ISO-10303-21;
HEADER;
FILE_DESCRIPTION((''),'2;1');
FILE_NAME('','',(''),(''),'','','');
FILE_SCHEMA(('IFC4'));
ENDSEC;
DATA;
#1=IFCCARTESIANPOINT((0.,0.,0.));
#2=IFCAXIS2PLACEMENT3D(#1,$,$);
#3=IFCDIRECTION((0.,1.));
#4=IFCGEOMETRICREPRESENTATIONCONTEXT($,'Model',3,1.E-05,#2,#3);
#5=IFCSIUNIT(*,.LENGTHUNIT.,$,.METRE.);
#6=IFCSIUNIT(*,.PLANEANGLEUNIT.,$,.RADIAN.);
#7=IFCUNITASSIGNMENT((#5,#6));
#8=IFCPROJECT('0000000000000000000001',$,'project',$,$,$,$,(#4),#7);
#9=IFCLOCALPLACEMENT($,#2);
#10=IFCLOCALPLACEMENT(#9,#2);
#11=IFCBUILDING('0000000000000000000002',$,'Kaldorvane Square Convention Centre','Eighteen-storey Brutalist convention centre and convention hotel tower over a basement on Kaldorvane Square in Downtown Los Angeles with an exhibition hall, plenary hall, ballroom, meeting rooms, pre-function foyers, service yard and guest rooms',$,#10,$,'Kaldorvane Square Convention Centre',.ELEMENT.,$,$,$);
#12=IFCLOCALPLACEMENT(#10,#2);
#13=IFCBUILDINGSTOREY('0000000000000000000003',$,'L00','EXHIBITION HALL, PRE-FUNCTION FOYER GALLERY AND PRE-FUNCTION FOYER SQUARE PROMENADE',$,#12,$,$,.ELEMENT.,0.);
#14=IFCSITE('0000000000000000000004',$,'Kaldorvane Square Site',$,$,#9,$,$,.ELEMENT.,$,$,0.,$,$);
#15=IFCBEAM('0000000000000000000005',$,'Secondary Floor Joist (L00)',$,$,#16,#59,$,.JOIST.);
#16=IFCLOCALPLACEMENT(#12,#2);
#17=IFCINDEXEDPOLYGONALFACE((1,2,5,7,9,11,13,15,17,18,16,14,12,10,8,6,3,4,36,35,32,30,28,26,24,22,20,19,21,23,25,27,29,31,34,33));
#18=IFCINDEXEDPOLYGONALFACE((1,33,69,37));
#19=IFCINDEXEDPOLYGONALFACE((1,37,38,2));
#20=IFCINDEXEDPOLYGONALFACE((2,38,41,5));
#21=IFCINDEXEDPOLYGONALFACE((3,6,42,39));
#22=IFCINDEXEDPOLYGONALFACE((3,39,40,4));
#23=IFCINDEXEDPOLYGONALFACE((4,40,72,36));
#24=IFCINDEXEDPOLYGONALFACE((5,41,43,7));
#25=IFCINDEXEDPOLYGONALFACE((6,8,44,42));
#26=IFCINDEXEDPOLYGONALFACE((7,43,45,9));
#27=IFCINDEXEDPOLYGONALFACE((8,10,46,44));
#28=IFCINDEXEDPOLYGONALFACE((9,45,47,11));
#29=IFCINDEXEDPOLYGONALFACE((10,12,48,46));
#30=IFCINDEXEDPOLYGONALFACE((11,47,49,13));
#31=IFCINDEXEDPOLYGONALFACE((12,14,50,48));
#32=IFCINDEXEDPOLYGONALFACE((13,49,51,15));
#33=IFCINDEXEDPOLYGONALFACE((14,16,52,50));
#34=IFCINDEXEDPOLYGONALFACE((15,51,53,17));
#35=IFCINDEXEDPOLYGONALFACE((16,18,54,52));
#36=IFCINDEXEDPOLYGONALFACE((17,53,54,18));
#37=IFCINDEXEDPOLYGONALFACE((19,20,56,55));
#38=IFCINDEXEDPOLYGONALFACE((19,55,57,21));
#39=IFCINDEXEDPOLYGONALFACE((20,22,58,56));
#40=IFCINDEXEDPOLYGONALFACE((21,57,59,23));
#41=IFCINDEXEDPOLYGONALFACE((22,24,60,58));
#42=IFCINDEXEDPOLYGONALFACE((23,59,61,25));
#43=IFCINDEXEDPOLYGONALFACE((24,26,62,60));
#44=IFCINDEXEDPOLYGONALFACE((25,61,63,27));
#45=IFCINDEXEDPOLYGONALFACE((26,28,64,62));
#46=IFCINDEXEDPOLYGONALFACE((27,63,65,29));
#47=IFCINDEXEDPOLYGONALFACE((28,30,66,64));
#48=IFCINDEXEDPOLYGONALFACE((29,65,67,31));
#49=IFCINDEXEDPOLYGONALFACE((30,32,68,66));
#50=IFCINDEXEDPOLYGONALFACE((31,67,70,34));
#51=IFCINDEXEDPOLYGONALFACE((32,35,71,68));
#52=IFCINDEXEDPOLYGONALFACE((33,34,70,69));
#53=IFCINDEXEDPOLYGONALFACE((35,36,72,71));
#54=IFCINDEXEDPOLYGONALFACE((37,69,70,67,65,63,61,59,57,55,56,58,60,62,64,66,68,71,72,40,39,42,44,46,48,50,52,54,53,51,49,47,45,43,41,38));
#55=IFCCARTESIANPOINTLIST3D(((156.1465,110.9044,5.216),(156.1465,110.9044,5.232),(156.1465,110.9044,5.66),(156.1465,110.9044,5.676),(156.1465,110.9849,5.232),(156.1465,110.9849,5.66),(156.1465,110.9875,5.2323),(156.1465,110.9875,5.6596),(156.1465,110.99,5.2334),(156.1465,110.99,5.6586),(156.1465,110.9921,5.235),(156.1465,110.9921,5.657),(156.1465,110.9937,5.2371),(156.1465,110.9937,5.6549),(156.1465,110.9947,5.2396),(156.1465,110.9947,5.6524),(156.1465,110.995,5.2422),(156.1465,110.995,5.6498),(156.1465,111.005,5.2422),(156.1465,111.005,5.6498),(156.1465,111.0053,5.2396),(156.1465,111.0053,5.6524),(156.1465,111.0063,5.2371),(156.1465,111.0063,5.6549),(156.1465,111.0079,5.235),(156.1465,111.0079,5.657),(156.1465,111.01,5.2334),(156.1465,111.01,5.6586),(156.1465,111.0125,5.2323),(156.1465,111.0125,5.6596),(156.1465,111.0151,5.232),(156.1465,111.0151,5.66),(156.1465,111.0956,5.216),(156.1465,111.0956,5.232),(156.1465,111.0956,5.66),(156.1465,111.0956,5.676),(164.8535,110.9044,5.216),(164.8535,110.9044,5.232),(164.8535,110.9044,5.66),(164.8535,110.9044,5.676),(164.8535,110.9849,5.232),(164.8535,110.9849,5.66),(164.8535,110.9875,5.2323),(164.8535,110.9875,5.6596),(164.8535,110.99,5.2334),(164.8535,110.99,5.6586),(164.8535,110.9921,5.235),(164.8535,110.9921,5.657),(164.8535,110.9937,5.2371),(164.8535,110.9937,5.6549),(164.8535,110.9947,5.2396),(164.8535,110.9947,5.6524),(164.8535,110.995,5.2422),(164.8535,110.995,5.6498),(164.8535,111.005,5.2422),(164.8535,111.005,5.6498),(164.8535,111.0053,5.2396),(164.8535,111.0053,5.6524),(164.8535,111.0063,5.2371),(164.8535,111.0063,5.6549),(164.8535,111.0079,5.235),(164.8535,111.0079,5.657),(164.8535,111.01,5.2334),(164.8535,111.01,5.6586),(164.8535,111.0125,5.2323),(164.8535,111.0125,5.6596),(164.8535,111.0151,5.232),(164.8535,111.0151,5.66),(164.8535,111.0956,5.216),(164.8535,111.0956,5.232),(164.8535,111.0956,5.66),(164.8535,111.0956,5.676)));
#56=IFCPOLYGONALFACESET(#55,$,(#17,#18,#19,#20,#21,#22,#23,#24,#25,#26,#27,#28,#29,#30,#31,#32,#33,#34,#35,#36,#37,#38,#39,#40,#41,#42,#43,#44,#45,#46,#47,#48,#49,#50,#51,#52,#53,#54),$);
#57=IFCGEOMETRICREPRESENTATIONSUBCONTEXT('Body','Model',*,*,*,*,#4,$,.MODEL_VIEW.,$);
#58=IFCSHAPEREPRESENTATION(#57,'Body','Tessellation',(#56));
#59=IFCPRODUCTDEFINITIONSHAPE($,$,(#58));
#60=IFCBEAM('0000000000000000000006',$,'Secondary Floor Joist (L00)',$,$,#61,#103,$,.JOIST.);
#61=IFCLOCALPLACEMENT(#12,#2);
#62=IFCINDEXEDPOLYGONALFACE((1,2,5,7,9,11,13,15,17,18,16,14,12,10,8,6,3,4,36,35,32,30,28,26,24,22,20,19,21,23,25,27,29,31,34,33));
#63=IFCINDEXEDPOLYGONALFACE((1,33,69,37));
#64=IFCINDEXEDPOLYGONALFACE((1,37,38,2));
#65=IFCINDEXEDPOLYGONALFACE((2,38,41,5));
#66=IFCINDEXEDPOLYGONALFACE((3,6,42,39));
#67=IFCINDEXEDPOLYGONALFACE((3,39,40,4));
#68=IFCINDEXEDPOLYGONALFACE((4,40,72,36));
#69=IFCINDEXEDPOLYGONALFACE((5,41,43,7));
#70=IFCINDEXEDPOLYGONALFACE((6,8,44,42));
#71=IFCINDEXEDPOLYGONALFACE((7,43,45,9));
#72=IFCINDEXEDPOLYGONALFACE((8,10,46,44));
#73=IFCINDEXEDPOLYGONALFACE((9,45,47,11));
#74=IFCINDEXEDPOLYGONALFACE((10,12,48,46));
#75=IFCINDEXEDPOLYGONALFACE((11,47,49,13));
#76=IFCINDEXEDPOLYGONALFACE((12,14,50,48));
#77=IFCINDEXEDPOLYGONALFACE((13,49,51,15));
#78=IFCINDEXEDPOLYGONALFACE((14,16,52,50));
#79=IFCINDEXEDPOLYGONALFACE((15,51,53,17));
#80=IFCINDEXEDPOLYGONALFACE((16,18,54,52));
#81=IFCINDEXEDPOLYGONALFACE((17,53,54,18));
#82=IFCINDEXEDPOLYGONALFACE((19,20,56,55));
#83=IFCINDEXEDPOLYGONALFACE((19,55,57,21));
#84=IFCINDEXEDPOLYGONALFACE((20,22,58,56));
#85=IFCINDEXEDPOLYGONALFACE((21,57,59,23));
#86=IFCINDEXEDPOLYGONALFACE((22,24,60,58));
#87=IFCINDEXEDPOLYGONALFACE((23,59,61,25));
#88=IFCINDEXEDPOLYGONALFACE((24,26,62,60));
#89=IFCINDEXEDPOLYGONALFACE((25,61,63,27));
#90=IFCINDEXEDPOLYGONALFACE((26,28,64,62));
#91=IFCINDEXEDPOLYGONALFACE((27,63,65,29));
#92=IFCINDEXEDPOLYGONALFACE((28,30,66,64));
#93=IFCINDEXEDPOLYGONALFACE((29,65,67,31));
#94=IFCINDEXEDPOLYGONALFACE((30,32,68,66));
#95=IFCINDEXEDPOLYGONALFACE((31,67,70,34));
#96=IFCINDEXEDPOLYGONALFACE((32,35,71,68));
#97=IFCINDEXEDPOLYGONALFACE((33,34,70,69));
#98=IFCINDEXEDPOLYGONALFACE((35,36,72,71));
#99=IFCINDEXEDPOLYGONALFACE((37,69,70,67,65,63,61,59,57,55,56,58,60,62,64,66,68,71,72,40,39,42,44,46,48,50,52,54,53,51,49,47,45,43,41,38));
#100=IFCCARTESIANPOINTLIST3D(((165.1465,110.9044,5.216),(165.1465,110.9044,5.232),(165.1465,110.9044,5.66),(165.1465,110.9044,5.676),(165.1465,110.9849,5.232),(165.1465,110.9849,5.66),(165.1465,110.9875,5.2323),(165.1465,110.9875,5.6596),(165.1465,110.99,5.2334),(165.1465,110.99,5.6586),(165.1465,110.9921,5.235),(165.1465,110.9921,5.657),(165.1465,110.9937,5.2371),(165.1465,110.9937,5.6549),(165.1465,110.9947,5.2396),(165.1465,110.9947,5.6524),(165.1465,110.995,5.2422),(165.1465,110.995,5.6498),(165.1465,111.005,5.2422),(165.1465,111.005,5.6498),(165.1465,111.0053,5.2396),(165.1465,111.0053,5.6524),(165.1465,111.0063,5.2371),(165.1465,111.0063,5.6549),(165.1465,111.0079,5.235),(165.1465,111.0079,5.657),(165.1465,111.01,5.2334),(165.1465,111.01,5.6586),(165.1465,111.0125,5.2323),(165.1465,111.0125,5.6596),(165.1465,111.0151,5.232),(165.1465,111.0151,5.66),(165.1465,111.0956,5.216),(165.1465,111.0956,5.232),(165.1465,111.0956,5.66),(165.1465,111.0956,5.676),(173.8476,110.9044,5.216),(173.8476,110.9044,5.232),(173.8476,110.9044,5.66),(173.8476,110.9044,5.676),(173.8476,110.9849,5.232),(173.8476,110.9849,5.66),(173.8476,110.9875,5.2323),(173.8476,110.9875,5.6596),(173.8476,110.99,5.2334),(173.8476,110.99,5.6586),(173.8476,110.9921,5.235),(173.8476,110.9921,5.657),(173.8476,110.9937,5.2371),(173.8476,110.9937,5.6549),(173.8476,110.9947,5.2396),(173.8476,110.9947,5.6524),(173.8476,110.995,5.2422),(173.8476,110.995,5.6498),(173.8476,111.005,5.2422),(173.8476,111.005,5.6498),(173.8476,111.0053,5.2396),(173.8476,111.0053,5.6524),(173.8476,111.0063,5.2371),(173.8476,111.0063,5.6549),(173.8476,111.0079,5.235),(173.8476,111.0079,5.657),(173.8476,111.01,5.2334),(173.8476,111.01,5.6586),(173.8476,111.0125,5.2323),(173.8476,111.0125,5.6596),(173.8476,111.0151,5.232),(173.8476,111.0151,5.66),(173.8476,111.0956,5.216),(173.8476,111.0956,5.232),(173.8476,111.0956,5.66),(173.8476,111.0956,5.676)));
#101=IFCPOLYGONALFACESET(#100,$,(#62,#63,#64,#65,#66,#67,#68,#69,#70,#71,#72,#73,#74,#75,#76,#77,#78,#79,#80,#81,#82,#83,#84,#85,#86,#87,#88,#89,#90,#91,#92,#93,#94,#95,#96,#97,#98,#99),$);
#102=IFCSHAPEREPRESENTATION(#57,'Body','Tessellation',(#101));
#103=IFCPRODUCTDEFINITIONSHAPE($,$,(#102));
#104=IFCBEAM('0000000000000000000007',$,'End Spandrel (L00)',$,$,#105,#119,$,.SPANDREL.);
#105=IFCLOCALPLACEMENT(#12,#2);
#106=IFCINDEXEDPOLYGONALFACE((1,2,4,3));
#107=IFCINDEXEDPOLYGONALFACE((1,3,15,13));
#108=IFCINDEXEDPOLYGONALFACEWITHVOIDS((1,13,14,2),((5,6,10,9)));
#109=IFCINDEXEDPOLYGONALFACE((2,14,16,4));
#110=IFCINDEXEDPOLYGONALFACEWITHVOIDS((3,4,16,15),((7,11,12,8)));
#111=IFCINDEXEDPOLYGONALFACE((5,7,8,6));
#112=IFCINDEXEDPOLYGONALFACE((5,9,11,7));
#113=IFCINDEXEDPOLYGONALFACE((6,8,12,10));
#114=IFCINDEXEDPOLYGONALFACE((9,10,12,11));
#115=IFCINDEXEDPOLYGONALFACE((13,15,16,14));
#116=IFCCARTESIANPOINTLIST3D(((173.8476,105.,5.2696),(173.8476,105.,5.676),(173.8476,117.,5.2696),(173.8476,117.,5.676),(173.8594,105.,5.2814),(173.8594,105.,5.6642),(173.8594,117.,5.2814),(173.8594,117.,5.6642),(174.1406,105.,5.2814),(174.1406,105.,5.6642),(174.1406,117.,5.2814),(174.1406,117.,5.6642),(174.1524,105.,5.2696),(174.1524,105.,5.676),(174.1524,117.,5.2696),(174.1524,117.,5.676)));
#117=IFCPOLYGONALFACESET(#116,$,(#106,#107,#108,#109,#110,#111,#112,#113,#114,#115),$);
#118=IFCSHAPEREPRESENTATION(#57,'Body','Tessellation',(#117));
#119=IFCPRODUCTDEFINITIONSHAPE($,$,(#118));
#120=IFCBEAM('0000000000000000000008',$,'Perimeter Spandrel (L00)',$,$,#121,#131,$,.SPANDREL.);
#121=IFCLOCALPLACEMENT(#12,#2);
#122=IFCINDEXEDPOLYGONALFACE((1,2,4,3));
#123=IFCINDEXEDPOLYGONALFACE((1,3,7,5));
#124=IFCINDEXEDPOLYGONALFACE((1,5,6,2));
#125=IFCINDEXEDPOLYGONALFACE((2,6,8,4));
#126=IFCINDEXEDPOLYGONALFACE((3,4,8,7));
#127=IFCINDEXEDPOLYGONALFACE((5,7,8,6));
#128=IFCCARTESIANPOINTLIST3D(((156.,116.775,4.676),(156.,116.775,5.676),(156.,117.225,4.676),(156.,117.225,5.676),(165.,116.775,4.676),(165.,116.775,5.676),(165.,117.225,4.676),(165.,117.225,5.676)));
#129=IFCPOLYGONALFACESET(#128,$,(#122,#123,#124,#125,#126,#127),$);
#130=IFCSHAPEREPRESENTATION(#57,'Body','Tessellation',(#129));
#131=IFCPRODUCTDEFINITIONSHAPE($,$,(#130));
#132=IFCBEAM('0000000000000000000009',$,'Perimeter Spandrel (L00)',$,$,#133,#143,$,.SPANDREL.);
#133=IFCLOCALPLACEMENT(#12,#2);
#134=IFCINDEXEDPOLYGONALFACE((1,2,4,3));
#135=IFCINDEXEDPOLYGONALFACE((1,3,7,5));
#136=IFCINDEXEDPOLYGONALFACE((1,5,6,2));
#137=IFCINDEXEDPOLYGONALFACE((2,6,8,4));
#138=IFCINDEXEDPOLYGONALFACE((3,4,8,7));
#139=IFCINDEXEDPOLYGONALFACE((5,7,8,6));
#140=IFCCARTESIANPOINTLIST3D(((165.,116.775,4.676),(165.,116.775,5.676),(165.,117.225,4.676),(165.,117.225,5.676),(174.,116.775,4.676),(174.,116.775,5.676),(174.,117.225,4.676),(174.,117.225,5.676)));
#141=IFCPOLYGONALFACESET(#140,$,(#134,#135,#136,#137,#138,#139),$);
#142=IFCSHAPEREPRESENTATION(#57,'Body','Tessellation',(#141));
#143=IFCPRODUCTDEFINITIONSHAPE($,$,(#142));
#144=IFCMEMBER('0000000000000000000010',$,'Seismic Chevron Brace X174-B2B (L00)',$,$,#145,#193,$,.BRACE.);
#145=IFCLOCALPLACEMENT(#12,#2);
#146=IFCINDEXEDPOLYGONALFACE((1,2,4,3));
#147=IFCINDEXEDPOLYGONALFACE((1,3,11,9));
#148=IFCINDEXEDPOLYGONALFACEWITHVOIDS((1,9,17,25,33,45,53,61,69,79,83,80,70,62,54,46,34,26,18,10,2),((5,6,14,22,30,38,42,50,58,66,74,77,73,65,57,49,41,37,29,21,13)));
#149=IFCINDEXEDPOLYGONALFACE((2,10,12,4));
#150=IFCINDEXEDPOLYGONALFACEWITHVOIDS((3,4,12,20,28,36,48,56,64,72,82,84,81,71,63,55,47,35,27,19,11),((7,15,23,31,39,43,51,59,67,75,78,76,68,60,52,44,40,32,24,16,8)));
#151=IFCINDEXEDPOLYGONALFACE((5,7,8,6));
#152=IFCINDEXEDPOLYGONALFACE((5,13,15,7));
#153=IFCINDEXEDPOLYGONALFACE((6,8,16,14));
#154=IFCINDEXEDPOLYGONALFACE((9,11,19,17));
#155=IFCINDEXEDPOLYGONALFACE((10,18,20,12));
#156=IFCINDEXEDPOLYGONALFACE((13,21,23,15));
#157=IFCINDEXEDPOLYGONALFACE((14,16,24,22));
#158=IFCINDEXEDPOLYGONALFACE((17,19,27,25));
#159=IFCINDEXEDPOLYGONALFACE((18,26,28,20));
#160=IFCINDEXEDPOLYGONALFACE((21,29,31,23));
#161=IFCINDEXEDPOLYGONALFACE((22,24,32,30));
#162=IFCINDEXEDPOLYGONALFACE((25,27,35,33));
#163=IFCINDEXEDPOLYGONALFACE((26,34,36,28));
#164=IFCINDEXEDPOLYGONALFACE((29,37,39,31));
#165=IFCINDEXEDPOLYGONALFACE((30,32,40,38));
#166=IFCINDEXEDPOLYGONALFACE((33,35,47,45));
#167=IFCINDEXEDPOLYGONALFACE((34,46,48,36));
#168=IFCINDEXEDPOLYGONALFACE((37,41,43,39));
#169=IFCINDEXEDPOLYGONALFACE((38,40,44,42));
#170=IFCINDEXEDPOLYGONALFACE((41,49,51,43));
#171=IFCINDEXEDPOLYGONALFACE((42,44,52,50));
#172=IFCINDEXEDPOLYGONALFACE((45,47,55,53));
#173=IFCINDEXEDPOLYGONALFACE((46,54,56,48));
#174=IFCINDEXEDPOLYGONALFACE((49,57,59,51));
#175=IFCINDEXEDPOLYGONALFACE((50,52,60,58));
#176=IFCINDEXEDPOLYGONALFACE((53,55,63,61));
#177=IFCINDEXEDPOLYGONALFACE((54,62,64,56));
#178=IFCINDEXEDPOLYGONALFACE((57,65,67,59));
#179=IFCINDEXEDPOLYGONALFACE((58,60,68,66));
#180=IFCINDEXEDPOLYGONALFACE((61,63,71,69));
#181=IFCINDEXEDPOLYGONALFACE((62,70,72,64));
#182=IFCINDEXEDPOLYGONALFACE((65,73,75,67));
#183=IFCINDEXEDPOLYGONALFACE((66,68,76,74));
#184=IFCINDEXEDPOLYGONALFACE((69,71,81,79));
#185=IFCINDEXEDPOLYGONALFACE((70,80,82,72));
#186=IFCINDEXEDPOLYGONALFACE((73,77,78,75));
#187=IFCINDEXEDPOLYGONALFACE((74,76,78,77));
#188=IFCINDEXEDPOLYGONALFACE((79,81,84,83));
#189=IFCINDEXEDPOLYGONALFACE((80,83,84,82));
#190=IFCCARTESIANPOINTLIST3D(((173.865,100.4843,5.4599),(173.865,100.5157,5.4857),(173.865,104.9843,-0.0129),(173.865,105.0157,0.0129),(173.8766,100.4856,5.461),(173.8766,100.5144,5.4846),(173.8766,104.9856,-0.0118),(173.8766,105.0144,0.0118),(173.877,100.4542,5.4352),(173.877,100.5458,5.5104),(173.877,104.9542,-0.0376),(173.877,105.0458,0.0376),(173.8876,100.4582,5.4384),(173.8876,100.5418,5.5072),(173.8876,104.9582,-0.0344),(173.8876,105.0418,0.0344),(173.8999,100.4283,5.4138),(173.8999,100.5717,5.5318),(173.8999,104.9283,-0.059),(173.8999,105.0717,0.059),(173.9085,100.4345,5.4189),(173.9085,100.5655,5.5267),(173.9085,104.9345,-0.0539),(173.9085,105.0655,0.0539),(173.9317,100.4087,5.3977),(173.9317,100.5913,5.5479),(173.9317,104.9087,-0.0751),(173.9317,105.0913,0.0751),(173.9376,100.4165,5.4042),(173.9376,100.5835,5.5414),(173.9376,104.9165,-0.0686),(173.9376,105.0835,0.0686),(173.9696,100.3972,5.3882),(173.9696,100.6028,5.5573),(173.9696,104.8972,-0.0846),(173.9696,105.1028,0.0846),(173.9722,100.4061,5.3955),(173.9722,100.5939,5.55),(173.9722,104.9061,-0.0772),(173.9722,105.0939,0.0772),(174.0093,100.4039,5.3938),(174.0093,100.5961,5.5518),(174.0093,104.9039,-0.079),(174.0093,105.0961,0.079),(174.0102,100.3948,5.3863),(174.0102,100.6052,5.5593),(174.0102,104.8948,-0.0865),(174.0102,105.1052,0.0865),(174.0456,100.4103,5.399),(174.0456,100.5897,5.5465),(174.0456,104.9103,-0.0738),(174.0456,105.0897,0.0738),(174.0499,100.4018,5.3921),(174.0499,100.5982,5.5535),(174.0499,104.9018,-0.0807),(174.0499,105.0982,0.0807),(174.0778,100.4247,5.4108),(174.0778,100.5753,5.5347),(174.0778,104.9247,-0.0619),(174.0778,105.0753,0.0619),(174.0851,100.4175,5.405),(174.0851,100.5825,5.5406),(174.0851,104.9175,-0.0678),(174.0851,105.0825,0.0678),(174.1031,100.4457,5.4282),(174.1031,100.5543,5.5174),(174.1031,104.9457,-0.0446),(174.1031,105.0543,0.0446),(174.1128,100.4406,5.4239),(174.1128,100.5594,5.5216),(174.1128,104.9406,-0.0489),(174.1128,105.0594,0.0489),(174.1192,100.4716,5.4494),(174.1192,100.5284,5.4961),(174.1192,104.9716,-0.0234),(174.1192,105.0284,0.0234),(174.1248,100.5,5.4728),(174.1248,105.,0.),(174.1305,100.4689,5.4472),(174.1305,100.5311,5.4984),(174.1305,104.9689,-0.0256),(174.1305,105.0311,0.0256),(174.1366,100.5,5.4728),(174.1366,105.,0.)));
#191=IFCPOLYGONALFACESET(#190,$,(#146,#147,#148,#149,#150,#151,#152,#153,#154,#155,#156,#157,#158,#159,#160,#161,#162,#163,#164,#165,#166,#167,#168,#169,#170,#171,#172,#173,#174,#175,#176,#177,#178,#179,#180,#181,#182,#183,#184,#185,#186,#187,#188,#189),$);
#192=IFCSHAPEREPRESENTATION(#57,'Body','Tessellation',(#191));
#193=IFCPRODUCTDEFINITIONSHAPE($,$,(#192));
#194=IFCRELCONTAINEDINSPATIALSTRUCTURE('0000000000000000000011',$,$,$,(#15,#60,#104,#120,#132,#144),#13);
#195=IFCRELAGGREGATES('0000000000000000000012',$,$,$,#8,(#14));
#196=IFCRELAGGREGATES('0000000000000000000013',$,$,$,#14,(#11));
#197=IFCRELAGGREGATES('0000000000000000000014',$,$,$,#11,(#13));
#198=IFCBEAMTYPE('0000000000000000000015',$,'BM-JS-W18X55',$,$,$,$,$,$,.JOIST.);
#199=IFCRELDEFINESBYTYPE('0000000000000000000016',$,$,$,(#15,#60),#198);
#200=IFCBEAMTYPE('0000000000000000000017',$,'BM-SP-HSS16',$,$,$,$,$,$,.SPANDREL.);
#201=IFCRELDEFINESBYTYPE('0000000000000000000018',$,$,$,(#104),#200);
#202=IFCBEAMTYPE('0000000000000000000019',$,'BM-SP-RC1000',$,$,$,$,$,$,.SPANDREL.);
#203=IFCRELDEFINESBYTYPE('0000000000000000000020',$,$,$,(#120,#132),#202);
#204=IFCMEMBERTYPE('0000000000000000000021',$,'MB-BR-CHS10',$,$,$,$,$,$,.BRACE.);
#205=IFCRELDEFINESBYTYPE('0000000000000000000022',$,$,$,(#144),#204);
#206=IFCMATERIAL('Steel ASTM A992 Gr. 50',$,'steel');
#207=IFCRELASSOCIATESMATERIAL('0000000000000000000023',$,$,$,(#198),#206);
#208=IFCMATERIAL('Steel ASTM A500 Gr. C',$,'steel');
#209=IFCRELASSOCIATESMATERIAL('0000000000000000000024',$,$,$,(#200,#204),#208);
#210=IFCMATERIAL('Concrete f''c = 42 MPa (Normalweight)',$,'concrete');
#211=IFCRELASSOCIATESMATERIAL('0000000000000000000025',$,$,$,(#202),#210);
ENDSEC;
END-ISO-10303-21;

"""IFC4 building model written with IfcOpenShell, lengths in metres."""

from ifc_helpers import new_model, si_unit, direction, frame, origin, origin_2d, place, context, subcontext, project, spatial, rectangle, hollow_rectangle, hollow_circle, i_section, extrude, material, material_profile, profile_set, type_object, element, save


model = new_model("IFC4")

# Units and contexts
model_context = context("Model", 3, precision=1e-05, world=origin(), true_north=direction((0.0, 1.0)))
body_context = subcontext(model_context, "Body", "Model", "MODEL_VIEW")
ifc_project = project(units=[si_unit("LENGTHUNIT", "METRE"), si_unit("PLANEANGLEUNIT", "RADIAN")], contexts=[model_context])

# Site, building, storey
site_placement = place(None, origin())
site = spatial("IfcSite", under=ifc_project, at=site_placement, Name="Kaldorvane Square Site", CompositionType="ELEMENT", RefElevation=0.0)
building_placement = place(site_placement, origin())
building = spatial("IfcBuilding", under=site, at=building_placement, Name="Kaldorvane Square Convention Centre", Description="Eighteen-storey Brutalist convention centre and convention hotel tower over a basement on Kaldorvane Square in Downtown Los Angeles with an exhibition hall, plenary hall, ballroom, meeting rooms, pre-function foyers, service yard and guest rooms", LongName="Kaldorvane Square Convention Centre", CompositionType="ELEMENT")
storey_placement = place(building_placement, origin())
storey = spatial("IfcBuildingStorey", under=building, at=storey_placement, Name="L00", Description="EXHIBITION HALL, PRE-FUNCTION FOYER GALLERY AND PRE-FUNCTION FOYER SQUARE PROMENADE", CompositionType="ELEMENT", Elevation=0.0)

# Shared definitions
ifc_material_1 = material(Name="Steel ASTM A992 Gr. 50", Category="steel")

# Beams
ifc_material_profile_1 = material_profile(ifc_material_1, i_section(OverallWidth=0.1913, OverallDepth=0.46, WebThickness=0.0099, FlangeThickness=0.016, FilletRadius=0.0102, at=origin_2d()), Name="W18X55")
ifc_profile_set_1 = profile_set([ifc_material_profile_1], Name="Steel ASTM A992 Gr. 50")
beam_type_1 = type_object("IfcBeamType", Name="BM-JS-W18X55", PredefinedType="JOIST", material=ifc_profile_set_1)
beam_1_placement = place(storey_placement, frame((156.1465, 111.0, 5.446), z_axis=(1.0, 0.0, 0.0), x_axis=(0.0, 1.0, 0.0)))
element("IfcBeam", 1, at=beam_1_placement, inside=storey, type_object=beam_type_1, Name="Secondary Floor Joist (L00)", PredefinedType="JOIST", context=body_context, shape_type="SweptSolid", body=[
    extrude(i_section(OverallWidth=0.1913, OverallDepth=0.46, WebThickness=0.0099, FlangeThickness=0.016, FilletRadius=0.0102, at=origin_2d()), origin(), (0.0, 0.0, 1.0), 8.707),
])
beam_2_placement = place(storey_placement, frame((165.1465, 111.0, 5.446), z_axis=(1.0, 0.0, 0.0), x_axis=(0.0, 1.0, 0.0)))
element("IfcBeam", 2, at=beam_2_placement, inside=storey, type_object=beam_type_1, Name="Secondary Floor Joist (L00)", PredefinedType="JOIST", context=body_context, shape_type="SweptSolid", body=[
    extrude(i_section(OverallWidth=0.1913, OverallDepth=0.46, WebThickness=0.0099, FlangeThickness=0.016, FilletRadius=0.0102, at=origin_2d()), origin(), (0.0, 0.0, 1.0), 8.7011),
])
ifc_material_2 = material(Name="Steel ASTM A500 Gr. C", Category="steel")
ifc_material_profile_2 = material_profile(ifc_material_2, hollow_rectangle(XDim=0.3048, YDim=0.4064, WallThickness=0.0118, at=origin_2d()), Name="HSS16X12X1/2")
ifc_profile_set_2 = profile_set([ifc_material_profile_2], Name="Steel ASTM A500 Gr. C")
beam_type_2 = type_object("IfcBeamType", Name="BM-SP-HSS16", PredefinedType="SPANDREL", material=ifc_profile_set_2)
beam_3_placement = place(storey_placement, frame((174.0, 105.0, 5.4728), z_axis=(0.0, 1.0, 0.0), x_axis=(-1.0, 0.0, 0.0)))
element("IfcBeam", 3, at=beam_3_placement, inside=storey, type_object=beam_type_2, Name="End Spandrel (L00)", PredefinedType="SPANDREL", context=body_context, shape_type="SweptSolid", body=[
    extrude(hollow_rectangle(XDim=0.3048, YDim=0.4064, WallThickness=0.0118, at=origin_2d()), origin(), (0.0, 0.0, 1.0), 12.0),
])
ifc_material_3 = material(Name="Concrete f'c = 42 MPa (Normalweight)", Category="concrete")
ifc_material_profile_3 = material_profile(ifc_material_3, rectangle(XDim=0.45, YDim=1.0, at=origin_2d()), Name="RCSP1000X450")
ifc_profile_set_3 = profile_set([ifc_material_profile_3], Name="Concrete f'c = 42 MPa (Normalweight)")
beam_type_3 = type_object("IfcBeamType", Name="BM-SP-RC1000", PredefinedType="SPANDREL", material=ifc_profile_set_3)
for number, where, z_axis, x_axis, name in (
    (4, (156.0, 117.0, 5.176), (1.0, 0.0, 0.0), (0.0, 1.0, 0.0), "Perimeter Spandrel (L00)"),
    (5, (165.0, 117.0, 5.176), (1.0, 0.0, 0.0), (0.0, 1.0, 0.0), "Perimeter Spandrel (L00)"),
):
    element("IfcBeam", number, at=place(storey_placement, frame(where, z_axis=z_axis, x_axis=x_axis)), inside=storey, type_object=beam_type_3, Name=name, PredefinedType="SPANDREL", context=body_context, shape_type="SweptSolid", body=[
        extrude(rectangle(XDim=0.45, YDim=1.0, at=origin_2d()), origin(), (0.0, 0.0, 1.0), 9.0),
    ])

# Member
ifc_material_profile_4 = material_profile(ifc_material_2, hollow_circle(Radius=0.1366, WallThickness=0.0118, at=origin_2d()), Name="HSS10.750X0.500")
ifc_profile_set_4 = profile_set([ifc_material_profile_4], Name="Steel ASTM A500 Gr. C")
member_type = type_object("IfcMemberType", Name="MB-BR-CHS10", PredefinedType="BRACE", material=ifc_profile_set_4)
member_placement = place(storey_placement, frame((174.0, 105.0, 0.0), z_axis=(0.0, -0.635118, 0.772415), x_axis=(1.0, 0.0, 0.0)))
element("IfcMember", 6, at=member_placement, inside=storey, type_object=member_type, Name="Seismic Chevron Brace X174-B2B (L00)", PredefinedType="BRACE", context=body_context, shape_type="SweptSolid", body=[
    extrude(hollow_circle(Radius=0.1366, WallThickness=0.0118, at=origin_2d()), origin(), (0.0, 0.0, 1.0), 7.0853),
])

save(model, "model.ifc")
